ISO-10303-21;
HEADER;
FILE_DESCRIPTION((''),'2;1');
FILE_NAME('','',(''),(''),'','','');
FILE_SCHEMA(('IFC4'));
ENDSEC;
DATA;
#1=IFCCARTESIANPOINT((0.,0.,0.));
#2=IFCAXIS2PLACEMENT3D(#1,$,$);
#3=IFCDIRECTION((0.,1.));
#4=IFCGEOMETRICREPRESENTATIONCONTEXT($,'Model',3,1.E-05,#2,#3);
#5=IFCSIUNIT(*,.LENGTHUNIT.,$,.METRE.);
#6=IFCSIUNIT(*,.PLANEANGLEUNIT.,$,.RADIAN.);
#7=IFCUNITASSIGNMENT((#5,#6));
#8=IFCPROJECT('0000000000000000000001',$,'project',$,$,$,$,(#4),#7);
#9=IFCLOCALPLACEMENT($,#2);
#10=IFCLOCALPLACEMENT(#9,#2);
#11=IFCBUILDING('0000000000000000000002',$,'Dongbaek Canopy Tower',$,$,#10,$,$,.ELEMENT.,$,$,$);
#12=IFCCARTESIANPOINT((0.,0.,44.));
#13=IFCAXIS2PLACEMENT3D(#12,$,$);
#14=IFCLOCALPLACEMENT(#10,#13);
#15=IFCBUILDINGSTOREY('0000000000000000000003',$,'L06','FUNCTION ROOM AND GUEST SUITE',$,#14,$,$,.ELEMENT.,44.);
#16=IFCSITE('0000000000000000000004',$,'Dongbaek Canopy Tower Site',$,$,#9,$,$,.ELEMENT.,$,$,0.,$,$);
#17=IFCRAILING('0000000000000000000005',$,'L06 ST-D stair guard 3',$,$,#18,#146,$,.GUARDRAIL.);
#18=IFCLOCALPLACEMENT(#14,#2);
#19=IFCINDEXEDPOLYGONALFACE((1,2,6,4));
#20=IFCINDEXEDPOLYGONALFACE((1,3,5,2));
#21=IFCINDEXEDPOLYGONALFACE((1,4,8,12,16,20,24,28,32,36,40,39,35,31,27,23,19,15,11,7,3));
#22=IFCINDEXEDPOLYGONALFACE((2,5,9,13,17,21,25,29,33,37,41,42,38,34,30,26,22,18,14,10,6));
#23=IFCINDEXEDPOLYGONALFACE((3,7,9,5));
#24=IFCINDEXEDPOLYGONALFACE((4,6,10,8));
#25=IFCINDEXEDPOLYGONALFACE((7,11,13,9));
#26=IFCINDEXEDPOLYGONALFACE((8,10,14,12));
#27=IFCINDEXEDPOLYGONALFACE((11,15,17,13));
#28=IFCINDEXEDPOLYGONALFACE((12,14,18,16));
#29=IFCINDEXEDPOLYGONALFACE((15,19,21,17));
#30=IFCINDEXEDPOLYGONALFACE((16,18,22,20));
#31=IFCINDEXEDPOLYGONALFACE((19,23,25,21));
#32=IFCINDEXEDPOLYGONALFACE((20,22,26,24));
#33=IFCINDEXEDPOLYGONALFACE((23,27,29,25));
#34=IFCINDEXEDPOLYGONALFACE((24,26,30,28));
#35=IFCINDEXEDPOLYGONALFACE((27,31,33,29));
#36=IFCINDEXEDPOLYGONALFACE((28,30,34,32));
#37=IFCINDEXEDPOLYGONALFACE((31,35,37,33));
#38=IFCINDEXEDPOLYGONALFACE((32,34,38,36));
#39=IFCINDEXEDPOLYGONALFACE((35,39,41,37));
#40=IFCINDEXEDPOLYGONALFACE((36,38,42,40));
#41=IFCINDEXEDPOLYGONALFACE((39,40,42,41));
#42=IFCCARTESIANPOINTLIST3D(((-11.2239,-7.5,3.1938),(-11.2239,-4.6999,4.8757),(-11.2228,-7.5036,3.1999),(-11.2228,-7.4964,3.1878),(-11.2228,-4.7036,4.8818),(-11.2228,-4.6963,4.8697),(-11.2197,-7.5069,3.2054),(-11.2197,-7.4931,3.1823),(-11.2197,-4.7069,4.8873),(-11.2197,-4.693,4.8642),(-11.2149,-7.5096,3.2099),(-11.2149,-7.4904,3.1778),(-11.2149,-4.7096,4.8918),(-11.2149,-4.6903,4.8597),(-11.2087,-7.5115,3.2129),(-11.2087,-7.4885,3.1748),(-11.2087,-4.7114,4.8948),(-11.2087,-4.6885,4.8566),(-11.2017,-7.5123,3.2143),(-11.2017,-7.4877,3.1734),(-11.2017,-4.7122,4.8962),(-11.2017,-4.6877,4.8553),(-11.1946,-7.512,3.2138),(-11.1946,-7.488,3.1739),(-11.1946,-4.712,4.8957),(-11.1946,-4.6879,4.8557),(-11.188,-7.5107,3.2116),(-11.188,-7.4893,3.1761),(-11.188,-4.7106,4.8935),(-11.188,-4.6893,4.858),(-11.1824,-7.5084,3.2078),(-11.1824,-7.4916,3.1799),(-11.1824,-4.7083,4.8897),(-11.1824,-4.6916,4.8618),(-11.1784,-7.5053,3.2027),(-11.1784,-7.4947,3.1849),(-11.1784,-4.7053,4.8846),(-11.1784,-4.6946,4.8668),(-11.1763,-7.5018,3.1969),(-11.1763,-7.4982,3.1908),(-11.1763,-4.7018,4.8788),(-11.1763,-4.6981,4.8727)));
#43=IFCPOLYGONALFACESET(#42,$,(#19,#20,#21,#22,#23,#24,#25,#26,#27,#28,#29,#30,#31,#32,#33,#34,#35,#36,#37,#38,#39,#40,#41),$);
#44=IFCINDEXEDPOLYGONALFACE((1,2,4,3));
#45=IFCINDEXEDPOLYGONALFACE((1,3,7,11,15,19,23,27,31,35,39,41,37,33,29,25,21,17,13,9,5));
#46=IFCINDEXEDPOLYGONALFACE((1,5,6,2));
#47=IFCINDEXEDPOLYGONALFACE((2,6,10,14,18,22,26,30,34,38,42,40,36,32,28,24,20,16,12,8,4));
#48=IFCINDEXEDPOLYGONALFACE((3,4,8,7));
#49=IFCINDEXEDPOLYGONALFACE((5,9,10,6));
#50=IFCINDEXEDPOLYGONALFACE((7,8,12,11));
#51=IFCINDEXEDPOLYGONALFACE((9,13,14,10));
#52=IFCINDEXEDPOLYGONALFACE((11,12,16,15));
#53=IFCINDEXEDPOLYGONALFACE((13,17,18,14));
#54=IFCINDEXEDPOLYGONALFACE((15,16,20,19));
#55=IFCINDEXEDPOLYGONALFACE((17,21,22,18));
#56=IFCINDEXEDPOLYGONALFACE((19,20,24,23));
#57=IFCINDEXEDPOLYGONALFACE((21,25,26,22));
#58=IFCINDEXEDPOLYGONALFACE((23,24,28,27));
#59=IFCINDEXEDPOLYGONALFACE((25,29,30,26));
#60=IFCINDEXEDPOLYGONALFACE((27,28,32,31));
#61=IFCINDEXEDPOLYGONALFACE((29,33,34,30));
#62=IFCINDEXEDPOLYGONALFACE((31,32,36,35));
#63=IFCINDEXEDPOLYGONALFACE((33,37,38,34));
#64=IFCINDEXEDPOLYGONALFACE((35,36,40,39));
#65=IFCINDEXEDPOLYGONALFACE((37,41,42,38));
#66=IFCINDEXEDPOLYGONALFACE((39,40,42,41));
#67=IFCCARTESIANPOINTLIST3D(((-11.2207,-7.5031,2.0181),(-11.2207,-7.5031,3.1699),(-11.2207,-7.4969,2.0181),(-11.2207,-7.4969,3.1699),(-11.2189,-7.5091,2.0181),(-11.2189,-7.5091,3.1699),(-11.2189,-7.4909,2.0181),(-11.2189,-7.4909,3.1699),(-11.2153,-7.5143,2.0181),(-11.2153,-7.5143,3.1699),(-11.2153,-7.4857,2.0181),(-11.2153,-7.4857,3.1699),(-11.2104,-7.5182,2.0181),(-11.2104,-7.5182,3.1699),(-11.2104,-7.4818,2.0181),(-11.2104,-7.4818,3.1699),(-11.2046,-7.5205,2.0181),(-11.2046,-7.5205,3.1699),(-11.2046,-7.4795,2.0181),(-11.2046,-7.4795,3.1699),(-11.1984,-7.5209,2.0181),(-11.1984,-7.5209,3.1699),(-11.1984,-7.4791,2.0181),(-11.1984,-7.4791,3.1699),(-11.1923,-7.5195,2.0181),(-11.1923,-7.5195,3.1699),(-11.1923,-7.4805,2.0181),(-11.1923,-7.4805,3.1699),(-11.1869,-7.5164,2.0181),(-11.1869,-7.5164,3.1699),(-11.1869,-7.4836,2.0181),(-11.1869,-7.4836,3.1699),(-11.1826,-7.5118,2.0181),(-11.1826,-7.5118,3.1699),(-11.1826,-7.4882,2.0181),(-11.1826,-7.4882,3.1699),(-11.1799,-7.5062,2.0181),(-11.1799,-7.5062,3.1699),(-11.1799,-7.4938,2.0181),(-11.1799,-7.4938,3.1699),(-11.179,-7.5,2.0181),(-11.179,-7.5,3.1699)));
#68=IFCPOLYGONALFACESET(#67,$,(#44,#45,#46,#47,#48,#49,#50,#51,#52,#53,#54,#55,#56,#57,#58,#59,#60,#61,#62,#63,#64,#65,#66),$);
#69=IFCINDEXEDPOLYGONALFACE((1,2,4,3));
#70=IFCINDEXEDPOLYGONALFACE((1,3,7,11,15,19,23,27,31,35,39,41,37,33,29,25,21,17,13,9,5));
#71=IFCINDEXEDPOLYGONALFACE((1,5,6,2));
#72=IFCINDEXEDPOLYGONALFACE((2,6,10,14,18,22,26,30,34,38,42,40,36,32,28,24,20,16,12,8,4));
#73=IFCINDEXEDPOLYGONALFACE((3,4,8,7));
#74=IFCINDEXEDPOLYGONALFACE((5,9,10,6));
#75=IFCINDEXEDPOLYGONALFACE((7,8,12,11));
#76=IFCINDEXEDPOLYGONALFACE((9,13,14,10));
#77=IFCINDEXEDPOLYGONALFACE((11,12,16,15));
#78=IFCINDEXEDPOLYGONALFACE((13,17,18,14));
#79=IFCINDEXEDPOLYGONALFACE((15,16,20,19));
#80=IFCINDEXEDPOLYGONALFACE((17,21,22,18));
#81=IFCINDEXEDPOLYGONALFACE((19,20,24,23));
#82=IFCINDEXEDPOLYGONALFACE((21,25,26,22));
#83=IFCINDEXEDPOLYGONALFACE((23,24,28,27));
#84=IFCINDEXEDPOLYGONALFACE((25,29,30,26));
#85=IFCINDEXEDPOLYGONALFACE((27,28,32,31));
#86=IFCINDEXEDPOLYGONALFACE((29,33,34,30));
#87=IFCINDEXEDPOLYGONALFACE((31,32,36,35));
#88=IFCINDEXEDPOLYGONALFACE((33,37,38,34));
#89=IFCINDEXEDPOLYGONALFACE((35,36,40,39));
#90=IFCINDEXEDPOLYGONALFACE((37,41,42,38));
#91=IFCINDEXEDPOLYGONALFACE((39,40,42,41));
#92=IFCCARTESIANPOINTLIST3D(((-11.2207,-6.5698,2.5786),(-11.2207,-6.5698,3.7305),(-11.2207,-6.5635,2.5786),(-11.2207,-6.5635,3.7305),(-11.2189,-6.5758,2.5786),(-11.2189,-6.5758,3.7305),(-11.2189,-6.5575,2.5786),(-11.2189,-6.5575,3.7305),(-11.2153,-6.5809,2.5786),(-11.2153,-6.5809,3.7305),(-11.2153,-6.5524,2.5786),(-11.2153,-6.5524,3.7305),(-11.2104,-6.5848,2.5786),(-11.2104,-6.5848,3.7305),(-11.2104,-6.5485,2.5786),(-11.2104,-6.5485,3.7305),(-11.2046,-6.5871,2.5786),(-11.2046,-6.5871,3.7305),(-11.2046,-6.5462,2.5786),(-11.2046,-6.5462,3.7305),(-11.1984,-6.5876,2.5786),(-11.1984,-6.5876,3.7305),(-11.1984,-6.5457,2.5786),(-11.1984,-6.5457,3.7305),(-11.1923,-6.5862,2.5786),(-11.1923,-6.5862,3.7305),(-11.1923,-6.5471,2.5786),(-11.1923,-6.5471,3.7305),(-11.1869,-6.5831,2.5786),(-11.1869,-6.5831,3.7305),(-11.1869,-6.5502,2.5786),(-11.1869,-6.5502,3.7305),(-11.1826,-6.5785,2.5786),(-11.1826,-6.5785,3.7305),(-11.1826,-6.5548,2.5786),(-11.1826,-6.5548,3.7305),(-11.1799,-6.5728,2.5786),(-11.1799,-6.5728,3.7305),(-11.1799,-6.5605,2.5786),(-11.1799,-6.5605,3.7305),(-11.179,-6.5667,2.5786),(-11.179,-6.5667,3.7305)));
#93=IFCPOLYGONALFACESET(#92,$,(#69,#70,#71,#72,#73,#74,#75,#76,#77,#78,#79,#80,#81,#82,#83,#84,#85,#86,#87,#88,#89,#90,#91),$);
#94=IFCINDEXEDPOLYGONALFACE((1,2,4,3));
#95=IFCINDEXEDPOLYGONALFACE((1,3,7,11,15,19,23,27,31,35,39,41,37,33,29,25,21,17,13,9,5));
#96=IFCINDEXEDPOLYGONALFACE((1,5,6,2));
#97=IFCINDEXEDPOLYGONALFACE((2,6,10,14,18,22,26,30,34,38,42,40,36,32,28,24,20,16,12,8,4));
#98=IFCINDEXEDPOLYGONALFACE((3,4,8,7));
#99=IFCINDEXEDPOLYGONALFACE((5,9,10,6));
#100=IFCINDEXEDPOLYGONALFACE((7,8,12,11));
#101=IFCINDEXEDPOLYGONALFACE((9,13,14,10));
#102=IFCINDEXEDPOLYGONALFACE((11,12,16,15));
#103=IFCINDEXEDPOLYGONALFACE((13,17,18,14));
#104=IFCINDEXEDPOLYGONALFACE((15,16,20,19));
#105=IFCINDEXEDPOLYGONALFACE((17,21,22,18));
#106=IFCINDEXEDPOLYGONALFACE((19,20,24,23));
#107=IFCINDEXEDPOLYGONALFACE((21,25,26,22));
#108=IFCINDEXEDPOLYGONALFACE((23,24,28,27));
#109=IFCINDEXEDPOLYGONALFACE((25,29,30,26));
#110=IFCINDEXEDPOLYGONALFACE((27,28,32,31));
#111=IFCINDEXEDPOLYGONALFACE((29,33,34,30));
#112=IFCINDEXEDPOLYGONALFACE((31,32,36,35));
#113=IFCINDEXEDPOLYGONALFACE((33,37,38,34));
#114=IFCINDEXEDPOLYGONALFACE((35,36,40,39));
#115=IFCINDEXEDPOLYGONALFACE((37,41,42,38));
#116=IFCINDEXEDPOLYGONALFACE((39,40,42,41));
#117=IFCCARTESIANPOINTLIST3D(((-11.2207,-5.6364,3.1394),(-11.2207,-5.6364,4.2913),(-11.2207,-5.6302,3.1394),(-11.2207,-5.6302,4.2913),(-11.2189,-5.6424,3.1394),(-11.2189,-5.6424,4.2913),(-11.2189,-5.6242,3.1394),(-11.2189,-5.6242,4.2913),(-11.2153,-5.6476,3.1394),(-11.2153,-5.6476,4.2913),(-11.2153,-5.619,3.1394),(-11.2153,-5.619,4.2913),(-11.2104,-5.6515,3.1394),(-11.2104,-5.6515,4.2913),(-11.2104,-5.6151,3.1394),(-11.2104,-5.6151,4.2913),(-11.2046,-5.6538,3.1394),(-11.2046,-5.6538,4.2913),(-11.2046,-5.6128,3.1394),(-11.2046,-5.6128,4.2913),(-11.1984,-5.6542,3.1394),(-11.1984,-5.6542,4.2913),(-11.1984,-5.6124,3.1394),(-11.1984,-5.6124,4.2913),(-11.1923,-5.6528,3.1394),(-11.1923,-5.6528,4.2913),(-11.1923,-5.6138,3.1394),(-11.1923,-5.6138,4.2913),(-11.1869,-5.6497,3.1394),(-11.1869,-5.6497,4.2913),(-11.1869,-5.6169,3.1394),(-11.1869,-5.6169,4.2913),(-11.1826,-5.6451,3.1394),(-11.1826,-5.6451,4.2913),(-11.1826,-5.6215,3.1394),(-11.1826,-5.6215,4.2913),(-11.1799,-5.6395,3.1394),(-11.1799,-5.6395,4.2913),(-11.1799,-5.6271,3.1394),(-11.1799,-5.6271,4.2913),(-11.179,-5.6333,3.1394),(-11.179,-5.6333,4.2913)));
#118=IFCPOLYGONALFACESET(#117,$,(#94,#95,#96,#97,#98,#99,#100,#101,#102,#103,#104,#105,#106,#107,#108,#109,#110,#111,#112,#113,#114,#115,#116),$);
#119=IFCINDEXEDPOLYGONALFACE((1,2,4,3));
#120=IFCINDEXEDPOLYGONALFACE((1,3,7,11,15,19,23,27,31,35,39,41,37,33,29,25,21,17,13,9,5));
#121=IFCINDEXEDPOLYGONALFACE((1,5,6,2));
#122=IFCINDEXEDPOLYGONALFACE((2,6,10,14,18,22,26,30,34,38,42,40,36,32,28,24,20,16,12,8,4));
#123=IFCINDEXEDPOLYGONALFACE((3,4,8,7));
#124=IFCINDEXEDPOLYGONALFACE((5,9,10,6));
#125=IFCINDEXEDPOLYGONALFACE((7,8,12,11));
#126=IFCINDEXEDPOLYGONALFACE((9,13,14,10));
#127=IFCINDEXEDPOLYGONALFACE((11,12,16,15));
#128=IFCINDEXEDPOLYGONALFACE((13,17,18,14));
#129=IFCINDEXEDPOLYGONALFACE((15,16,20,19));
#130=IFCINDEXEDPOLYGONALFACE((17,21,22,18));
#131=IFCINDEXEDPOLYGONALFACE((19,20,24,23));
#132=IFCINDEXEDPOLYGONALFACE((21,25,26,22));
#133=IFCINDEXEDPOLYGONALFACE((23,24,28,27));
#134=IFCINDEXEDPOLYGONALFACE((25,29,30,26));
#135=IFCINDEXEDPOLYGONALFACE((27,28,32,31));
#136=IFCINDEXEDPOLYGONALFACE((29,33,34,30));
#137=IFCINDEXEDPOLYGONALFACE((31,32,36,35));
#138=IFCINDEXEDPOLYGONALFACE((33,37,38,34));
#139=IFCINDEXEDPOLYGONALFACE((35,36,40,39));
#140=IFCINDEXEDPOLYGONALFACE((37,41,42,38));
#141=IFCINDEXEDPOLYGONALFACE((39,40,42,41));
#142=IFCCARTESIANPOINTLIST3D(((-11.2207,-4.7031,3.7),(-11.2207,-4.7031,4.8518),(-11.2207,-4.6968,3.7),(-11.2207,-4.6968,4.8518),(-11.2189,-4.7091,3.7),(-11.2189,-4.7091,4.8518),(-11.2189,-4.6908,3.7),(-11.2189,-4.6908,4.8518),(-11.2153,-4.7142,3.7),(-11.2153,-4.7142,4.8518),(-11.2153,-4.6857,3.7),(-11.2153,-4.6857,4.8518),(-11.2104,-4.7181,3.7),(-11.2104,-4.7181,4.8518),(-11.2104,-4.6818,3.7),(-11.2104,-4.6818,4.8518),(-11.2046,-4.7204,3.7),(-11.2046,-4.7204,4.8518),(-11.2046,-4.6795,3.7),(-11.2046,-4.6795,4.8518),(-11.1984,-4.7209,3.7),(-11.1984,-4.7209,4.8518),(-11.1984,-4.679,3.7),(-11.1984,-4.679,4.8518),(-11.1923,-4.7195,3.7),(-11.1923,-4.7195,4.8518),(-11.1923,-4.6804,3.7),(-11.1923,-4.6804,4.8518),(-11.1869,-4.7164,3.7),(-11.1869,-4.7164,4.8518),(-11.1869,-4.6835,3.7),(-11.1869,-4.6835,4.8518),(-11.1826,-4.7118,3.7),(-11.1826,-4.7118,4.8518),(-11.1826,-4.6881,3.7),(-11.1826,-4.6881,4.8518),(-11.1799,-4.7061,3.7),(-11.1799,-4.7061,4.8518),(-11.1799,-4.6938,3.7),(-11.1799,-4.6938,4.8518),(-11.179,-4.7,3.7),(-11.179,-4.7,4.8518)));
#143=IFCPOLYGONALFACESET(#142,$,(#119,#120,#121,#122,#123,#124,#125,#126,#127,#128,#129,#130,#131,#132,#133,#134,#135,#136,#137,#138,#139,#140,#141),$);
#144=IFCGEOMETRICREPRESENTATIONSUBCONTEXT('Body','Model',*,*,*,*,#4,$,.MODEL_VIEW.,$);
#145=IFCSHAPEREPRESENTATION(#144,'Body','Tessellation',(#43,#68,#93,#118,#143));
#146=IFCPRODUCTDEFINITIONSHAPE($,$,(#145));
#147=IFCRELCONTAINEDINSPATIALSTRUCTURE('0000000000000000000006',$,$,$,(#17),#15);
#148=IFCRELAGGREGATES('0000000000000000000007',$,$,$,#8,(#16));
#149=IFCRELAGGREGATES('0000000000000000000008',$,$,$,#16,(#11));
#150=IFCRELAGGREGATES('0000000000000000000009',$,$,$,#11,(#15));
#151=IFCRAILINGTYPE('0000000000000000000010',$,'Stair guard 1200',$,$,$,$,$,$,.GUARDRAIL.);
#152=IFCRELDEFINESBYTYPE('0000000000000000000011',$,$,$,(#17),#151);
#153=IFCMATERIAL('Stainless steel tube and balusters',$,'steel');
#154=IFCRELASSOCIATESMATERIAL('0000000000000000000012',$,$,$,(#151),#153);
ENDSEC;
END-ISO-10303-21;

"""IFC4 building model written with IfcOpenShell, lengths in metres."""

from ifc_helpers import new_model, si_unit, direction, frame, origin, origin_2d, place, context, subcontext, project, spatial, circle, extrude, material, type_object, element, save


model = new_model("IFC4")

# Units and contexts
model_context = context("Model", 3, precision=1e-05, world=origin(), true_north=direction((0.0, 1.0)))
body_context = subcontext(model_context, "Body", "Model", "MODEL_VIEW")
ifc_project = project(units=[si_unit("LENGTHUNIT", "METRE"), si_unit("PLANEANGLEUNIT", "RADIAN")], contexts=[model_context])

# Site, building, storey
site_placement = place(None, origin())
site = spatial("IfcSite", under=ifc_project, at=site_placement, Name="Dongbaek Canopy Tower Site", CompositionType="ELEMENT", RefElevation=0.0)
building_placement = place(site_placement, origin())
building = spatial("IfcBuilding", under=site, at=building_placement, Name="Dongbaek Canopy Tower", CompositionType="ELEMENT")
storey_placement = place(building_placement, frame((0.0, 0.0, 44.0)))
storey = spatial("IfcBuildingStorey", under=building, at=storey_placement, Name="L06", Description="FUNCTION ROOM AND GUEST SUITE", CompositionType="ELEMENT", Elevation=44.0)

# Railing
ifc_material_1 = material(Name="Stainless steel tube and balusters", Category="steel")
railing_type_1 = type_object("IfcRailingType", Name="Stair guard 1200", PredefinedType="GUARDRAIL", material=ifc_material_1)
railing_1_placement = place(storey_placement, frame((-11.2, -7.5, 2.0181)))
element("IfcRailing", 1, at=railing_1_placement, inside=storey, type_object=railing_type_1, Name="L06 ST-D stair guard 3", PredefinedType="GUARDRAIL", context=body_context, shape_type="SweptSolid", body=[
    extrude(circle(Radius=0.0239, at=origin_2d()), frame((0.0, 0.0, 1.1758), z_axis=(0.0, 0.857242, 0.514913), x_axis=(-1.0, 0.0, 0.0)), (0.0, 0.0, 1.0), 3.2664),
    extrude(circle(Radius=0.021, at=origin_2d()), origin(), (0.0, 0.0, 1.0), 1.1519),
    extrude(circle(Radius=0.021, at=origin_2d()), frame((0.0, 0.9333, 0.5605)), (0.0, 0.0, 1.0), 1.1519),
    extrude(circle(Radius=0.021, at=origin_2d()), frame((0.0, 1.8667, 1.1213)), (0.0, 0.0, 1.0), 1.1519),
    extrude(circle(Radius=0.021, at=origin_2d()), frame((0.0, 2.8, 1.6819)), (0.0, 0.0, 1.0), 1.1519),
])

save(model, "model.ifc")
